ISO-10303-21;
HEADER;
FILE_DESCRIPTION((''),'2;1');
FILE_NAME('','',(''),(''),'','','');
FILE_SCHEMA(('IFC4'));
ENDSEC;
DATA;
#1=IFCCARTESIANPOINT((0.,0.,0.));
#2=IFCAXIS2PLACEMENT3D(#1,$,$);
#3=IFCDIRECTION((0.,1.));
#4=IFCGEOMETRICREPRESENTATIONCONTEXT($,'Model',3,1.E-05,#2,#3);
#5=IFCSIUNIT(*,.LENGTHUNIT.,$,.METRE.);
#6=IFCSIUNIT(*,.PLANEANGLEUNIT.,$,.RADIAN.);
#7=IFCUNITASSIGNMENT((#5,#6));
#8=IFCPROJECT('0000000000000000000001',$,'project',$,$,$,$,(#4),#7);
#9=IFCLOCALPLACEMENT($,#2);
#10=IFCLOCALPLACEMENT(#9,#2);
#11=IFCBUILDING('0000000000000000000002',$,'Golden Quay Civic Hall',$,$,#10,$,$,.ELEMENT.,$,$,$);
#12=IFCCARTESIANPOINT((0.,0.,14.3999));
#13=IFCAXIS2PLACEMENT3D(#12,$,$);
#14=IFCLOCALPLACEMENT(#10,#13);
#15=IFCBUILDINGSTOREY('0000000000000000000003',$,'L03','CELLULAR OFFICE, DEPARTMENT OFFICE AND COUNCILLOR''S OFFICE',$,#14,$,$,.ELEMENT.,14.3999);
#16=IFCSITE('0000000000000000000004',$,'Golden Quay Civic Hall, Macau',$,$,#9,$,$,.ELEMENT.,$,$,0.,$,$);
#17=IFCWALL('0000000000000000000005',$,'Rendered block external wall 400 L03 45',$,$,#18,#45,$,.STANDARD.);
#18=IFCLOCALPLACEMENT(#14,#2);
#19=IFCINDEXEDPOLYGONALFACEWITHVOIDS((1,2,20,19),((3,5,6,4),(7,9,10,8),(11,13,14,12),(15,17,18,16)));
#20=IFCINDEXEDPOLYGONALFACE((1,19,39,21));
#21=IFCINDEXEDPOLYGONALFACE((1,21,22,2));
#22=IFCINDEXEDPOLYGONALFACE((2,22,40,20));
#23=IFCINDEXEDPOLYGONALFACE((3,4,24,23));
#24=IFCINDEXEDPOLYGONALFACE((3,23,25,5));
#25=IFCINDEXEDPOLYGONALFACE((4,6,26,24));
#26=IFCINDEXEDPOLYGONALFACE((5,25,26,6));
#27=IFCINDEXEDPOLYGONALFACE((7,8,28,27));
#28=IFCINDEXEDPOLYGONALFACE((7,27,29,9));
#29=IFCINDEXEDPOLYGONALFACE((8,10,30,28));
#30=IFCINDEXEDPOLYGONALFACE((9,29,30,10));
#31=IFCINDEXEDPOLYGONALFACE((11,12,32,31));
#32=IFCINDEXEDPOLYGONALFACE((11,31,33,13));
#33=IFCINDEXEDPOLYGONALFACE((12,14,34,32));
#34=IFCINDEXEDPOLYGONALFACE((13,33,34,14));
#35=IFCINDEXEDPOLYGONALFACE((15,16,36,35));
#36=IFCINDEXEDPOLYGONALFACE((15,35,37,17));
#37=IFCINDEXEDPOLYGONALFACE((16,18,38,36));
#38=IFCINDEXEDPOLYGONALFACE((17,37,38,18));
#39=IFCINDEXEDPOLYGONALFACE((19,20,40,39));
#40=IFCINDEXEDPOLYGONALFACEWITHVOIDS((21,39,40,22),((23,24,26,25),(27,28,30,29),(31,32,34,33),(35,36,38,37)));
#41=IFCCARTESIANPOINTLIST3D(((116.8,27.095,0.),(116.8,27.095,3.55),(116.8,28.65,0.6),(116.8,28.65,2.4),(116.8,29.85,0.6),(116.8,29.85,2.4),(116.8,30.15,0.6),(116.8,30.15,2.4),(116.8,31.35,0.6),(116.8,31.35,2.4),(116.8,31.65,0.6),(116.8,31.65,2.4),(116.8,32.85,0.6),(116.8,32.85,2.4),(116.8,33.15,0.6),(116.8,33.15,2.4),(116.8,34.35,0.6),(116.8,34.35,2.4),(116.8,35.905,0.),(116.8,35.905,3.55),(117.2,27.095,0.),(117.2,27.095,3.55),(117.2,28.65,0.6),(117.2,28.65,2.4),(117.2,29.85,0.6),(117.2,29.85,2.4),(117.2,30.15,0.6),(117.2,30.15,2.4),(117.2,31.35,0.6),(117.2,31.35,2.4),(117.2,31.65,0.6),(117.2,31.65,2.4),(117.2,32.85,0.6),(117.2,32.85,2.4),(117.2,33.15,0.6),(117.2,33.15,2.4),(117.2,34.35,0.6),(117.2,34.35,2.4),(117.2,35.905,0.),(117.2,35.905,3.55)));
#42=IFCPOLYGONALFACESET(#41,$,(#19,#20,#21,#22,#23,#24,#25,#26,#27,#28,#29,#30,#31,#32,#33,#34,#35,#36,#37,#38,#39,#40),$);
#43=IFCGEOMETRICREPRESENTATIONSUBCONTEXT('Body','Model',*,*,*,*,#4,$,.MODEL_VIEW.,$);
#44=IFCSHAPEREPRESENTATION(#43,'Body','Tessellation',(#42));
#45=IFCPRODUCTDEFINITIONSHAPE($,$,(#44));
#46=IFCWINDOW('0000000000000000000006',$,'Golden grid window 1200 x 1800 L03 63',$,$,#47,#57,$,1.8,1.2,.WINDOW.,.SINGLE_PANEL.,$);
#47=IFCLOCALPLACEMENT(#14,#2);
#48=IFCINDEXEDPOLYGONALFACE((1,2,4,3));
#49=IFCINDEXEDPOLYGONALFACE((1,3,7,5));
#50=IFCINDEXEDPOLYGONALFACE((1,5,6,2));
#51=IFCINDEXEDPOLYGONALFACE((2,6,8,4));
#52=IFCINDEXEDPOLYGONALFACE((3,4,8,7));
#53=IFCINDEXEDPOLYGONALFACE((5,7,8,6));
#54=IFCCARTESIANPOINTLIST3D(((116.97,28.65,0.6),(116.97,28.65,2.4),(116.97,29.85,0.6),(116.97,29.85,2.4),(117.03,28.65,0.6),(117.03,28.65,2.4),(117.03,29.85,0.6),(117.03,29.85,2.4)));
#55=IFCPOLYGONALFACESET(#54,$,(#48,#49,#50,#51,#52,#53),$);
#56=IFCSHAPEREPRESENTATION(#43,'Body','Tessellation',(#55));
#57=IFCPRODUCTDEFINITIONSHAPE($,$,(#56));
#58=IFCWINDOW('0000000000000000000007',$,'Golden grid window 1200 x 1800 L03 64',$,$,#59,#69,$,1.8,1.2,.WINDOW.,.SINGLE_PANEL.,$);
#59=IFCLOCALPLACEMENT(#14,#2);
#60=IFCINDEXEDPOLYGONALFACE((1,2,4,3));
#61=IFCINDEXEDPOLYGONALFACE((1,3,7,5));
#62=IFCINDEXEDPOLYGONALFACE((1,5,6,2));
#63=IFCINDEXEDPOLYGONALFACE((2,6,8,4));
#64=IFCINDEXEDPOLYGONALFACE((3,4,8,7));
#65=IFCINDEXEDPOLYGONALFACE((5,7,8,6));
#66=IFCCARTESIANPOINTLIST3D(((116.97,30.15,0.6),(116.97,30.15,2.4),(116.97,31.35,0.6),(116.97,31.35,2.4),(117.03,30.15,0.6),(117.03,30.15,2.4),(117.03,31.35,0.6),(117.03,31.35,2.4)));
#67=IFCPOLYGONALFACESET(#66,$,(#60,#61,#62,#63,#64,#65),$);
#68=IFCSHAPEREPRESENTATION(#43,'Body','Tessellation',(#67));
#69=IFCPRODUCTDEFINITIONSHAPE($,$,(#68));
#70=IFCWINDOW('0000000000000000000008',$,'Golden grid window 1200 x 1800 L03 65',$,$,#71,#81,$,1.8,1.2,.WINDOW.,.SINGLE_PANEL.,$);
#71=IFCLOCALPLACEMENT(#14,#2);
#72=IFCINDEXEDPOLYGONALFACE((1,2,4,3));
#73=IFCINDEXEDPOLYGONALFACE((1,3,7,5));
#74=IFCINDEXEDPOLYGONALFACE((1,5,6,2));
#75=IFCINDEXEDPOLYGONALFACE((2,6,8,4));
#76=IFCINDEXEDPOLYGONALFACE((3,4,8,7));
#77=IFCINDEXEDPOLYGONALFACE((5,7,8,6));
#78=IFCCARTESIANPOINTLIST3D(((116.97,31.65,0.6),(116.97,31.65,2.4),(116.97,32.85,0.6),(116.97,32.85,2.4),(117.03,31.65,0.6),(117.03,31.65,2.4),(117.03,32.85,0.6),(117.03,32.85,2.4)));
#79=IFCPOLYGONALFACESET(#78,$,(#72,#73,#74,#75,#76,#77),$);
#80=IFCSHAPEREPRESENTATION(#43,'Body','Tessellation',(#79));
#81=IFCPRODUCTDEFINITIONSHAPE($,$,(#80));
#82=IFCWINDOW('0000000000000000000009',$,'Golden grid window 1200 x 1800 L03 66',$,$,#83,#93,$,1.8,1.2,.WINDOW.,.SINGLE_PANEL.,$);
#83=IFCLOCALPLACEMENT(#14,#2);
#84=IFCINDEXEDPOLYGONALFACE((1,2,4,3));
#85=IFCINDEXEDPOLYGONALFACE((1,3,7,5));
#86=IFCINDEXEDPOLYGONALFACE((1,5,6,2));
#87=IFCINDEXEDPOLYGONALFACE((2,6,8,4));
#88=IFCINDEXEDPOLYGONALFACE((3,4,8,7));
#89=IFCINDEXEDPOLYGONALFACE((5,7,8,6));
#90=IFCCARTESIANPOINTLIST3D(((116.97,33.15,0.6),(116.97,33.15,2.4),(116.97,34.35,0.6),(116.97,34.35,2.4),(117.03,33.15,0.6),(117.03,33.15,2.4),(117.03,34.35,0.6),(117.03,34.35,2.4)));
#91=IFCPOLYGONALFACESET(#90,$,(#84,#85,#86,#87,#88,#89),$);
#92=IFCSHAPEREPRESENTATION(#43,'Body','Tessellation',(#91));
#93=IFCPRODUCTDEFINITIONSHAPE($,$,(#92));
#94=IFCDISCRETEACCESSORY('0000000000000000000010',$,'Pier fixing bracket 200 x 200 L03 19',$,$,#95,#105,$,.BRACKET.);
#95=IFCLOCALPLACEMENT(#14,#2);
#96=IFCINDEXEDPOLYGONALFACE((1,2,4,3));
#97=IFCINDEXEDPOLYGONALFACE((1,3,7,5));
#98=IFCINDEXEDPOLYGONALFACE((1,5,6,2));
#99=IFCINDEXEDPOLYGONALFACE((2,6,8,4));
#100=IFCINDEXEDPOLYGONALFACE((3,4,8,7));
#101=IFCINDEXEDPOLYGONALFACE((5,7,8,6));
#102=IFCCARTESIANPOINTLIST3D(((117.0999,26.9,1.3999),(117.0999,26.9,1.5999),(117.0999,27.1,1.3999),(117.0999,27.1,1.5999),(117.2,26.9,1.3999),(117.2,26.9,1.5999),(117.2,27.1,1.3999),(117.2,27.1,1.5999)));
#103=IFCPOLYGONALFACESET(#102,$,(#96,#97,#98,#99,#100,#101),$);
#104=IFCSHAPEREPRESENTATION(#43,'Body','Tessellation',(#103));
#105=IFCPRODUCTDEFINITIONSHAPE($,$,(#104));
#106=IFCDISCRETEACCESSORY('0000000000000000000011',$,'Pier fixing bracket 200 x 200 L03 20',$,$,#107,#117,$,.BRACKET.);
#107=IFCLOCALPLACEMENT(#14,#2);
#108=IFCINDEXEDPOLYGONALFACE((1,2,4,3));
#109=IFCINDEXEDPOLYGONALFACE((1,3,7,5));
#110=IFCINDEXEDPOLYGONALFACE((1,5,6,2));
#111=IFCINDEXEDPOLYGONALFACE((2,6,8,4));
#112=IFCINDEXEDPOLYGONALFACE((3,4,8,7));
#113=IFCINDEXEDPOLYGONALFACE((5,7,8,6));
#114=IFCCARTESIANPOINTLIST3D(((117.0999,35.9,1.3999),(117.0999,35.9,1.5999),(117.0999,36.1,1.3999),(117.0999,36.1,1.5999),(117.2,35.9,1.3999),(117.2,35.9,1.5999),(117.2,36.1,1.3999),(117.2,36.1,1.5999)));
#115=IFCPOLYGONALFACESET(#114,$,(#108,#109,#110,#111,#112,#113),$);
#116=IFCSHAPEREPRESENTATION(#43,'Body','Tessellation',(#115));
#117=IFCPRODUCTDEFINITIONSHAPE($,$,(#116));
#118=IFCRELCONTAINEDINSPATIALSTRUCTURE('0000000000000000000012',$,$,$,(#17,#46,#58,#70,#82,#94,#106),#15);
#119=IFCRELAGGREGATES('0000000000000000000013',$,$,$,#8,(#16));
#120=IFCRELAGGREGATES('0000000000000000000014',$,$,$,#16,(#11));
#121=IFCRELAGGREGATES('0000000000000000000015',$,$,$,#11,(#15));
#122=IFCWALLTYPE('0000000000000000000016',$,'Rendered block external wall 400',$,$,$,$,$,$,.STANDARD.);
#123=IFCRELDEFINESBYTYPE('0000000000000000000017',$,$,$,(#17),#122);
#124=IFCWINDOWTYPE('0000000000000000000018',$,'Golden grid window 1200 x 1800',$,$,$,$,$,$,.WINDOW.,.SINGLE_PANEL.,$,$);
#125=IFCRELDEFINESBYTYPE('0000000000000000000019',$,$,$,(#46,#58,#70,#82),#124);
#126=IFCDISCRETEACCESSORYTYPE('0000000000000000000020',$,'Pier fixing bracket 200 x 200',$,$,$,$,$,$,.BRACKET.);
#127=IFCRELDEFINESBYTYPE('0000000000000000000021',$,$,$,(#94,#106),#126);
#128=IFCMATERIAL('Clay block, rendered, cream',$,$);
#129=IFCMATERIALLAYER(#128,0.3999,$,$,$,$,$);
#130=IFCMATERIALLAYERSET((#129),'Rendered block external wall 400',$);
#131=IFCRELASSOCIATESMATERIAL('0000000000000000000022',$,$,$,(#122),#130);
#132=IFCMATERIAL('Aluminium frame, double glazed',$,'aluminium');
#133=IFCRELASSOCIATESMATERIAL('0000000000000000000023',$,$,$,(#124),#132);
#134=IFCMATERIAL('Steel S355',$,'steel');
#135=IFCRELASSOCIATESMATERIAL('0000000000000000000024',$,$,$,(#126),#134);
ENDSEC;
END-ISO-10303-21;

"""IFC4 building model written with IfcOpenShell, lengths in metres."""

from ifc_helpers import new_model, si_unit, direction, frame, frame_2d, origin, origin_2d, place, context, subcontext, project, spatial, rectangle, extrude, material, layer, layer_set, type_object, element, fill, save


model = new_model("IFC4")

# Units and contexts
model_context = context("Model", 3, precision=1e-05, world=origin(), true_north=direction((0.0, 1.0)))
body_context = subcontext(model_context, "Body", "Model", "MODEL_VIEW")
ifc_project = project(units=[si_unit("LENGTHUNIT", "METRE"), si_unit("PLANEANGLEUNIT", "RADIAN")], contexts=[model_context])

# Site, building, storey
site_placement = place(None, origin())
site = spatial("IfcSite", under=ifc_project, at=site_placement, Name="Golden Quay Civic Hall, Macau", CompositionType="ELEMENT", RefElevation=0.0)
building_placement = place(site_placement, origin())
building = spatial("IfcBuilding", under=site, at=building_placement, Name="Golden Quay Civic Hall", CompositionType="ELEMENT")
storey_placement = place(building_placement, frame((0.0, 0.0, 14.3999)))
storey = spatial("IfcBuildingStorey", under=building, at=storey_placement, Name="L03", Description="CELLULAR OFFICE, DEPARTMENT OFFICE AND COUNCILLOR'S OFFICE", CompositionType="ELEMENT", Elevation=14.3999)

# Shared definitions
ifc_material_1 = material(Name="Clay block, rendered, cream")
ifc_layer = layer(ifc_material_1, 0.3999)
ifc_layer_set = layer_set([ifc_layer], Name="Rendered block external wall 400")
wall_type = type_object("IfcWallType", Name="Rendered block external wall 400", PredefinedType="STANDARD", material=ifc_layer_set)

# Wall, openings, windows
wall_1_placement = place(storey_placement, frame((117.0, 35.905, 0.0), z_axis=(0.0, 0.0, 1.0), x_axis=(0.0, -1.0, 0.0)))
wall_1 = element("IfcWall", 1, at=wall_1_placement, inside=storey, type_object=wall_type, Name="Rendered block external wall 400 L03 45", PredefinedType="STANDARD", context=body_context, shape_type="SweptSolid", body=[
    extrude(rectangle(XDim=8.8101, YDim=0.3999, at=frame_2d((4.405, 0.0))), origin(), (0.0, 0.0, 1.0), 3.55),
])
opening_1_placement = place(wall_1_placement, frame((6.0549, 0.0, 0.6001)))
opening_1 = element("IfcOpeningElement", 2, at=opening_1_placement, cuts=wall_1, PredefinedType="OPENING", context=body_context, shape_type="SweptSolid", body=[
    extrude(rectangle(XDim=1.2, YDim=1.8, at=frame_2d((0.6001, 0.8999))), frame((0.0, 0.21, 0.0), z_axis=(0.0, -1.0, 0.0), x_axis=(1.0, 0.0, 0.0)), (0.0, 0.0, 1.0), 0.4199),
])
opening_2_placement = place(wall_1_placement, frame((4.5549, 0.0, 0.6001)))
opening_2 = element("IfcOpeningElement", 3, at=opening_2_placement, cuts=wall_1, PredefinedType="OPENING", context=body_context, shape_type="SweptSolid", body=[
    extrude(rectangle(XDim=1.2, YDim=1.8, at=frame_2d((0.6001, 0.8999))), frame((0.0, 0.21, 0.0), z_axis=(0.0, -1.0, 0.0), x_axis=(1.0, 0.0, 0.0)), (0.0, 0.0, 1.0), 0.4199),
])
opening_3_placement = place(wall_1_placement, frame((3.0549, 0.0, 0.6001)))
opening_3 = element("IfcOpeningElement", 4, at=opening_3_placement, cuts=wall_1, PredefinedType="OPENING", context=body_context, shape_type="SweptSolid", body=[
    extrude(rectangle(XDim=1.2, YDim=1.8, at=frame_2d((0.6001, 0.8999))), frame((0.0, 0.21, 0.0), z_axis=(0.0, -1.0, 0.0), x_axis=(1.0, 0.0, 0.0)), (0.0, 0.0, 1.0), 0.4199),
])
opening_4_placement = place(wall_1_placement, frame((1.5549, 0.0, 0.6001)))
opening_4 = element("IfcOpeningElement", 5, at=opening_4_placement, cuts=wall_1, PredefinedType="OPENING", context=body_context, shape_type="SweptSolid", body=[
    extrude(rectangle(XDim=1.2, YDim=1.8, at=frame_2d((0.6001, 0.8999))), frame((0.0, 0.21, 0.0), z_axis=(0.0, -1.0, 0.0), x_axis=(1.0, 0.0, 0.0)), (0.0, 0.0, 1.0), 0.4199),
])
ifc_material_2 = material(Name="Aluminium frame, double glazed", Category="aluminium")
window_type = type_object("IfcWindowType", Name="Golden grid window 1200 x 1800", PartitioningType="SINGLE_PANEL", PredefinedType="WINDOW", material=ifc_material_2)
window_1_placement = place(opening_1_placement, origin())
window_1 = element("IfcWindow", 6, at=window_1_placement, inside=storey, type_object=window_type, Name="Golden grid window 1200 x 1800 L03 63", OverallHeight=1.8, OverallWidth=1.2, PartitioningType="SINGLE_PANEL", PredefinedType="WINDOW", context=body_context, shape_type="SweptSolid", body=[
    extrude(rectangle(XDim=1.2, YDim=1.8, at=frame_2d((0.6001, 0.8999))), frame((0.0, 0.03, 0.0), z_axis=(0.0, -1.0, 0.0), x_axis=(1.0, 0.0, 0.0)), (0.0, 0.0, 1.0), 0.0601),
])
fill(opening_1, window_1)
window_2_placement = place(opening_2_placement, origin())
window_2 = element("IfcWindow", 7, at=window_2_placement, inside=storey, type_object=window_type, Name="Golden grid window 1200 x 1800 L03 64", OverallHeight=1.8, OverallWidth=1.2, PartitioningType="SINGLE_PANEL", PredefinedType="WINDOW", context=body_context, shape_type="SweptSolid", body=[
    extrude(rectangle(XDim=1.2, YDim=1.8, at=frame_2d((0.6001, 0.8999))), frame((0.0, 0.03, 0.0), z_axis=(0.0, -1.0, 0.0), x_axis=(1.0, 0.0, 0.0)), (0.0, 0.0, 1.0), 0.0601),
])
fill(opening_2, window_2)
window_3_placement = place(opening_3_placement, origin())
window_3 = element("IfcWindow", 8, at=window_3_placement, inside=storey, type_object=window_type, Name="Golden grid window 1200 x 1800 L03 65", OverallHeight=1.8, OverallWidth=1.2, PartitioningType="SINGLE_PANEL", PredefinedType="WINDOW", context=body_context, shape_type="SweptSolid", body=[
    extrude(rectangle(XDim=1.2, YDim=1.8, at=frame_2d((0.6001, 0.8999))), frame((0.0, 0.03, 0.0), z_axis=(0.0, -1.0, 0.0), x_axis=(1.0, 0.0, 0.0)), (0.0, 0.0, 1.0), 0.0601),
])
fill(opening_3, window_3)
window_4_placement = place(opening_4_placement, origin())
window_4 = element("IfcWindow", 9, at=window_4_placement, inside=storey, type_object=window_type, Name="Golden grid window 1200 x 1800 L03 66", OverallHeight=1.8, OverallWidth=1.2, PartitioningType="SINGLE_PANEL", PredefinedType="WINDOW", context=body_context, shape_type="SweptSolid", body=[
    extrude(rectangle(XDim=1.2, YDim=1.8, at=frame_2d((0.6001, 0.8999))), frame((0.0, 0.03, 0.0), z_axis=(0.0, -1.0, 0.0), x_axis=(1.0, 0.0, 0.0)), (0.0, 0.0, 1.0), 0.0601),
])
fill(opening_4, window_4)

# Discrete accessories
ifc_material_3 = material(Name="Steel S355", Category="steel")
discrete_accessory_type = type_object("IfcDiscreteAccessoryType", Name="Pier fixing bracket 200 x 200", PredefinedType="BRACKET", material=ifc_material_3)
for number, where, z_axis, x_axis, name in (
    (10, (117.1499, 27.0, 1.3999), (0.0, 0.0, 1.0), (0.0, 1.0, 0.0), "Pier fixing bracket 200 x 200 L03 19"),
    (11, (117.1499, 36.0, 1.3999), (0.0, 0.0, 1.0), (0.0, 1.0, 0.0), "Pier fixing bracket 200 x 200 L03 20"),
):
    element("IfcDiscreteAccessory", number, at=place(storey_placement, frame(where, z_axis=z_axis, x_axis=x_axis)), inside=storey, type_object=discrete_accessory_type, Name=name, PredefinedType="BRACKET", context=body_context, shape_type="SweptSolid", body=[
        extrude(rectangle(XDim=0.2, YDim=0.1001, at=origin_2d()), origin(), (0.0, 0.0, 1.0), 0.2),
    ])

save(model, "model.ifc")
